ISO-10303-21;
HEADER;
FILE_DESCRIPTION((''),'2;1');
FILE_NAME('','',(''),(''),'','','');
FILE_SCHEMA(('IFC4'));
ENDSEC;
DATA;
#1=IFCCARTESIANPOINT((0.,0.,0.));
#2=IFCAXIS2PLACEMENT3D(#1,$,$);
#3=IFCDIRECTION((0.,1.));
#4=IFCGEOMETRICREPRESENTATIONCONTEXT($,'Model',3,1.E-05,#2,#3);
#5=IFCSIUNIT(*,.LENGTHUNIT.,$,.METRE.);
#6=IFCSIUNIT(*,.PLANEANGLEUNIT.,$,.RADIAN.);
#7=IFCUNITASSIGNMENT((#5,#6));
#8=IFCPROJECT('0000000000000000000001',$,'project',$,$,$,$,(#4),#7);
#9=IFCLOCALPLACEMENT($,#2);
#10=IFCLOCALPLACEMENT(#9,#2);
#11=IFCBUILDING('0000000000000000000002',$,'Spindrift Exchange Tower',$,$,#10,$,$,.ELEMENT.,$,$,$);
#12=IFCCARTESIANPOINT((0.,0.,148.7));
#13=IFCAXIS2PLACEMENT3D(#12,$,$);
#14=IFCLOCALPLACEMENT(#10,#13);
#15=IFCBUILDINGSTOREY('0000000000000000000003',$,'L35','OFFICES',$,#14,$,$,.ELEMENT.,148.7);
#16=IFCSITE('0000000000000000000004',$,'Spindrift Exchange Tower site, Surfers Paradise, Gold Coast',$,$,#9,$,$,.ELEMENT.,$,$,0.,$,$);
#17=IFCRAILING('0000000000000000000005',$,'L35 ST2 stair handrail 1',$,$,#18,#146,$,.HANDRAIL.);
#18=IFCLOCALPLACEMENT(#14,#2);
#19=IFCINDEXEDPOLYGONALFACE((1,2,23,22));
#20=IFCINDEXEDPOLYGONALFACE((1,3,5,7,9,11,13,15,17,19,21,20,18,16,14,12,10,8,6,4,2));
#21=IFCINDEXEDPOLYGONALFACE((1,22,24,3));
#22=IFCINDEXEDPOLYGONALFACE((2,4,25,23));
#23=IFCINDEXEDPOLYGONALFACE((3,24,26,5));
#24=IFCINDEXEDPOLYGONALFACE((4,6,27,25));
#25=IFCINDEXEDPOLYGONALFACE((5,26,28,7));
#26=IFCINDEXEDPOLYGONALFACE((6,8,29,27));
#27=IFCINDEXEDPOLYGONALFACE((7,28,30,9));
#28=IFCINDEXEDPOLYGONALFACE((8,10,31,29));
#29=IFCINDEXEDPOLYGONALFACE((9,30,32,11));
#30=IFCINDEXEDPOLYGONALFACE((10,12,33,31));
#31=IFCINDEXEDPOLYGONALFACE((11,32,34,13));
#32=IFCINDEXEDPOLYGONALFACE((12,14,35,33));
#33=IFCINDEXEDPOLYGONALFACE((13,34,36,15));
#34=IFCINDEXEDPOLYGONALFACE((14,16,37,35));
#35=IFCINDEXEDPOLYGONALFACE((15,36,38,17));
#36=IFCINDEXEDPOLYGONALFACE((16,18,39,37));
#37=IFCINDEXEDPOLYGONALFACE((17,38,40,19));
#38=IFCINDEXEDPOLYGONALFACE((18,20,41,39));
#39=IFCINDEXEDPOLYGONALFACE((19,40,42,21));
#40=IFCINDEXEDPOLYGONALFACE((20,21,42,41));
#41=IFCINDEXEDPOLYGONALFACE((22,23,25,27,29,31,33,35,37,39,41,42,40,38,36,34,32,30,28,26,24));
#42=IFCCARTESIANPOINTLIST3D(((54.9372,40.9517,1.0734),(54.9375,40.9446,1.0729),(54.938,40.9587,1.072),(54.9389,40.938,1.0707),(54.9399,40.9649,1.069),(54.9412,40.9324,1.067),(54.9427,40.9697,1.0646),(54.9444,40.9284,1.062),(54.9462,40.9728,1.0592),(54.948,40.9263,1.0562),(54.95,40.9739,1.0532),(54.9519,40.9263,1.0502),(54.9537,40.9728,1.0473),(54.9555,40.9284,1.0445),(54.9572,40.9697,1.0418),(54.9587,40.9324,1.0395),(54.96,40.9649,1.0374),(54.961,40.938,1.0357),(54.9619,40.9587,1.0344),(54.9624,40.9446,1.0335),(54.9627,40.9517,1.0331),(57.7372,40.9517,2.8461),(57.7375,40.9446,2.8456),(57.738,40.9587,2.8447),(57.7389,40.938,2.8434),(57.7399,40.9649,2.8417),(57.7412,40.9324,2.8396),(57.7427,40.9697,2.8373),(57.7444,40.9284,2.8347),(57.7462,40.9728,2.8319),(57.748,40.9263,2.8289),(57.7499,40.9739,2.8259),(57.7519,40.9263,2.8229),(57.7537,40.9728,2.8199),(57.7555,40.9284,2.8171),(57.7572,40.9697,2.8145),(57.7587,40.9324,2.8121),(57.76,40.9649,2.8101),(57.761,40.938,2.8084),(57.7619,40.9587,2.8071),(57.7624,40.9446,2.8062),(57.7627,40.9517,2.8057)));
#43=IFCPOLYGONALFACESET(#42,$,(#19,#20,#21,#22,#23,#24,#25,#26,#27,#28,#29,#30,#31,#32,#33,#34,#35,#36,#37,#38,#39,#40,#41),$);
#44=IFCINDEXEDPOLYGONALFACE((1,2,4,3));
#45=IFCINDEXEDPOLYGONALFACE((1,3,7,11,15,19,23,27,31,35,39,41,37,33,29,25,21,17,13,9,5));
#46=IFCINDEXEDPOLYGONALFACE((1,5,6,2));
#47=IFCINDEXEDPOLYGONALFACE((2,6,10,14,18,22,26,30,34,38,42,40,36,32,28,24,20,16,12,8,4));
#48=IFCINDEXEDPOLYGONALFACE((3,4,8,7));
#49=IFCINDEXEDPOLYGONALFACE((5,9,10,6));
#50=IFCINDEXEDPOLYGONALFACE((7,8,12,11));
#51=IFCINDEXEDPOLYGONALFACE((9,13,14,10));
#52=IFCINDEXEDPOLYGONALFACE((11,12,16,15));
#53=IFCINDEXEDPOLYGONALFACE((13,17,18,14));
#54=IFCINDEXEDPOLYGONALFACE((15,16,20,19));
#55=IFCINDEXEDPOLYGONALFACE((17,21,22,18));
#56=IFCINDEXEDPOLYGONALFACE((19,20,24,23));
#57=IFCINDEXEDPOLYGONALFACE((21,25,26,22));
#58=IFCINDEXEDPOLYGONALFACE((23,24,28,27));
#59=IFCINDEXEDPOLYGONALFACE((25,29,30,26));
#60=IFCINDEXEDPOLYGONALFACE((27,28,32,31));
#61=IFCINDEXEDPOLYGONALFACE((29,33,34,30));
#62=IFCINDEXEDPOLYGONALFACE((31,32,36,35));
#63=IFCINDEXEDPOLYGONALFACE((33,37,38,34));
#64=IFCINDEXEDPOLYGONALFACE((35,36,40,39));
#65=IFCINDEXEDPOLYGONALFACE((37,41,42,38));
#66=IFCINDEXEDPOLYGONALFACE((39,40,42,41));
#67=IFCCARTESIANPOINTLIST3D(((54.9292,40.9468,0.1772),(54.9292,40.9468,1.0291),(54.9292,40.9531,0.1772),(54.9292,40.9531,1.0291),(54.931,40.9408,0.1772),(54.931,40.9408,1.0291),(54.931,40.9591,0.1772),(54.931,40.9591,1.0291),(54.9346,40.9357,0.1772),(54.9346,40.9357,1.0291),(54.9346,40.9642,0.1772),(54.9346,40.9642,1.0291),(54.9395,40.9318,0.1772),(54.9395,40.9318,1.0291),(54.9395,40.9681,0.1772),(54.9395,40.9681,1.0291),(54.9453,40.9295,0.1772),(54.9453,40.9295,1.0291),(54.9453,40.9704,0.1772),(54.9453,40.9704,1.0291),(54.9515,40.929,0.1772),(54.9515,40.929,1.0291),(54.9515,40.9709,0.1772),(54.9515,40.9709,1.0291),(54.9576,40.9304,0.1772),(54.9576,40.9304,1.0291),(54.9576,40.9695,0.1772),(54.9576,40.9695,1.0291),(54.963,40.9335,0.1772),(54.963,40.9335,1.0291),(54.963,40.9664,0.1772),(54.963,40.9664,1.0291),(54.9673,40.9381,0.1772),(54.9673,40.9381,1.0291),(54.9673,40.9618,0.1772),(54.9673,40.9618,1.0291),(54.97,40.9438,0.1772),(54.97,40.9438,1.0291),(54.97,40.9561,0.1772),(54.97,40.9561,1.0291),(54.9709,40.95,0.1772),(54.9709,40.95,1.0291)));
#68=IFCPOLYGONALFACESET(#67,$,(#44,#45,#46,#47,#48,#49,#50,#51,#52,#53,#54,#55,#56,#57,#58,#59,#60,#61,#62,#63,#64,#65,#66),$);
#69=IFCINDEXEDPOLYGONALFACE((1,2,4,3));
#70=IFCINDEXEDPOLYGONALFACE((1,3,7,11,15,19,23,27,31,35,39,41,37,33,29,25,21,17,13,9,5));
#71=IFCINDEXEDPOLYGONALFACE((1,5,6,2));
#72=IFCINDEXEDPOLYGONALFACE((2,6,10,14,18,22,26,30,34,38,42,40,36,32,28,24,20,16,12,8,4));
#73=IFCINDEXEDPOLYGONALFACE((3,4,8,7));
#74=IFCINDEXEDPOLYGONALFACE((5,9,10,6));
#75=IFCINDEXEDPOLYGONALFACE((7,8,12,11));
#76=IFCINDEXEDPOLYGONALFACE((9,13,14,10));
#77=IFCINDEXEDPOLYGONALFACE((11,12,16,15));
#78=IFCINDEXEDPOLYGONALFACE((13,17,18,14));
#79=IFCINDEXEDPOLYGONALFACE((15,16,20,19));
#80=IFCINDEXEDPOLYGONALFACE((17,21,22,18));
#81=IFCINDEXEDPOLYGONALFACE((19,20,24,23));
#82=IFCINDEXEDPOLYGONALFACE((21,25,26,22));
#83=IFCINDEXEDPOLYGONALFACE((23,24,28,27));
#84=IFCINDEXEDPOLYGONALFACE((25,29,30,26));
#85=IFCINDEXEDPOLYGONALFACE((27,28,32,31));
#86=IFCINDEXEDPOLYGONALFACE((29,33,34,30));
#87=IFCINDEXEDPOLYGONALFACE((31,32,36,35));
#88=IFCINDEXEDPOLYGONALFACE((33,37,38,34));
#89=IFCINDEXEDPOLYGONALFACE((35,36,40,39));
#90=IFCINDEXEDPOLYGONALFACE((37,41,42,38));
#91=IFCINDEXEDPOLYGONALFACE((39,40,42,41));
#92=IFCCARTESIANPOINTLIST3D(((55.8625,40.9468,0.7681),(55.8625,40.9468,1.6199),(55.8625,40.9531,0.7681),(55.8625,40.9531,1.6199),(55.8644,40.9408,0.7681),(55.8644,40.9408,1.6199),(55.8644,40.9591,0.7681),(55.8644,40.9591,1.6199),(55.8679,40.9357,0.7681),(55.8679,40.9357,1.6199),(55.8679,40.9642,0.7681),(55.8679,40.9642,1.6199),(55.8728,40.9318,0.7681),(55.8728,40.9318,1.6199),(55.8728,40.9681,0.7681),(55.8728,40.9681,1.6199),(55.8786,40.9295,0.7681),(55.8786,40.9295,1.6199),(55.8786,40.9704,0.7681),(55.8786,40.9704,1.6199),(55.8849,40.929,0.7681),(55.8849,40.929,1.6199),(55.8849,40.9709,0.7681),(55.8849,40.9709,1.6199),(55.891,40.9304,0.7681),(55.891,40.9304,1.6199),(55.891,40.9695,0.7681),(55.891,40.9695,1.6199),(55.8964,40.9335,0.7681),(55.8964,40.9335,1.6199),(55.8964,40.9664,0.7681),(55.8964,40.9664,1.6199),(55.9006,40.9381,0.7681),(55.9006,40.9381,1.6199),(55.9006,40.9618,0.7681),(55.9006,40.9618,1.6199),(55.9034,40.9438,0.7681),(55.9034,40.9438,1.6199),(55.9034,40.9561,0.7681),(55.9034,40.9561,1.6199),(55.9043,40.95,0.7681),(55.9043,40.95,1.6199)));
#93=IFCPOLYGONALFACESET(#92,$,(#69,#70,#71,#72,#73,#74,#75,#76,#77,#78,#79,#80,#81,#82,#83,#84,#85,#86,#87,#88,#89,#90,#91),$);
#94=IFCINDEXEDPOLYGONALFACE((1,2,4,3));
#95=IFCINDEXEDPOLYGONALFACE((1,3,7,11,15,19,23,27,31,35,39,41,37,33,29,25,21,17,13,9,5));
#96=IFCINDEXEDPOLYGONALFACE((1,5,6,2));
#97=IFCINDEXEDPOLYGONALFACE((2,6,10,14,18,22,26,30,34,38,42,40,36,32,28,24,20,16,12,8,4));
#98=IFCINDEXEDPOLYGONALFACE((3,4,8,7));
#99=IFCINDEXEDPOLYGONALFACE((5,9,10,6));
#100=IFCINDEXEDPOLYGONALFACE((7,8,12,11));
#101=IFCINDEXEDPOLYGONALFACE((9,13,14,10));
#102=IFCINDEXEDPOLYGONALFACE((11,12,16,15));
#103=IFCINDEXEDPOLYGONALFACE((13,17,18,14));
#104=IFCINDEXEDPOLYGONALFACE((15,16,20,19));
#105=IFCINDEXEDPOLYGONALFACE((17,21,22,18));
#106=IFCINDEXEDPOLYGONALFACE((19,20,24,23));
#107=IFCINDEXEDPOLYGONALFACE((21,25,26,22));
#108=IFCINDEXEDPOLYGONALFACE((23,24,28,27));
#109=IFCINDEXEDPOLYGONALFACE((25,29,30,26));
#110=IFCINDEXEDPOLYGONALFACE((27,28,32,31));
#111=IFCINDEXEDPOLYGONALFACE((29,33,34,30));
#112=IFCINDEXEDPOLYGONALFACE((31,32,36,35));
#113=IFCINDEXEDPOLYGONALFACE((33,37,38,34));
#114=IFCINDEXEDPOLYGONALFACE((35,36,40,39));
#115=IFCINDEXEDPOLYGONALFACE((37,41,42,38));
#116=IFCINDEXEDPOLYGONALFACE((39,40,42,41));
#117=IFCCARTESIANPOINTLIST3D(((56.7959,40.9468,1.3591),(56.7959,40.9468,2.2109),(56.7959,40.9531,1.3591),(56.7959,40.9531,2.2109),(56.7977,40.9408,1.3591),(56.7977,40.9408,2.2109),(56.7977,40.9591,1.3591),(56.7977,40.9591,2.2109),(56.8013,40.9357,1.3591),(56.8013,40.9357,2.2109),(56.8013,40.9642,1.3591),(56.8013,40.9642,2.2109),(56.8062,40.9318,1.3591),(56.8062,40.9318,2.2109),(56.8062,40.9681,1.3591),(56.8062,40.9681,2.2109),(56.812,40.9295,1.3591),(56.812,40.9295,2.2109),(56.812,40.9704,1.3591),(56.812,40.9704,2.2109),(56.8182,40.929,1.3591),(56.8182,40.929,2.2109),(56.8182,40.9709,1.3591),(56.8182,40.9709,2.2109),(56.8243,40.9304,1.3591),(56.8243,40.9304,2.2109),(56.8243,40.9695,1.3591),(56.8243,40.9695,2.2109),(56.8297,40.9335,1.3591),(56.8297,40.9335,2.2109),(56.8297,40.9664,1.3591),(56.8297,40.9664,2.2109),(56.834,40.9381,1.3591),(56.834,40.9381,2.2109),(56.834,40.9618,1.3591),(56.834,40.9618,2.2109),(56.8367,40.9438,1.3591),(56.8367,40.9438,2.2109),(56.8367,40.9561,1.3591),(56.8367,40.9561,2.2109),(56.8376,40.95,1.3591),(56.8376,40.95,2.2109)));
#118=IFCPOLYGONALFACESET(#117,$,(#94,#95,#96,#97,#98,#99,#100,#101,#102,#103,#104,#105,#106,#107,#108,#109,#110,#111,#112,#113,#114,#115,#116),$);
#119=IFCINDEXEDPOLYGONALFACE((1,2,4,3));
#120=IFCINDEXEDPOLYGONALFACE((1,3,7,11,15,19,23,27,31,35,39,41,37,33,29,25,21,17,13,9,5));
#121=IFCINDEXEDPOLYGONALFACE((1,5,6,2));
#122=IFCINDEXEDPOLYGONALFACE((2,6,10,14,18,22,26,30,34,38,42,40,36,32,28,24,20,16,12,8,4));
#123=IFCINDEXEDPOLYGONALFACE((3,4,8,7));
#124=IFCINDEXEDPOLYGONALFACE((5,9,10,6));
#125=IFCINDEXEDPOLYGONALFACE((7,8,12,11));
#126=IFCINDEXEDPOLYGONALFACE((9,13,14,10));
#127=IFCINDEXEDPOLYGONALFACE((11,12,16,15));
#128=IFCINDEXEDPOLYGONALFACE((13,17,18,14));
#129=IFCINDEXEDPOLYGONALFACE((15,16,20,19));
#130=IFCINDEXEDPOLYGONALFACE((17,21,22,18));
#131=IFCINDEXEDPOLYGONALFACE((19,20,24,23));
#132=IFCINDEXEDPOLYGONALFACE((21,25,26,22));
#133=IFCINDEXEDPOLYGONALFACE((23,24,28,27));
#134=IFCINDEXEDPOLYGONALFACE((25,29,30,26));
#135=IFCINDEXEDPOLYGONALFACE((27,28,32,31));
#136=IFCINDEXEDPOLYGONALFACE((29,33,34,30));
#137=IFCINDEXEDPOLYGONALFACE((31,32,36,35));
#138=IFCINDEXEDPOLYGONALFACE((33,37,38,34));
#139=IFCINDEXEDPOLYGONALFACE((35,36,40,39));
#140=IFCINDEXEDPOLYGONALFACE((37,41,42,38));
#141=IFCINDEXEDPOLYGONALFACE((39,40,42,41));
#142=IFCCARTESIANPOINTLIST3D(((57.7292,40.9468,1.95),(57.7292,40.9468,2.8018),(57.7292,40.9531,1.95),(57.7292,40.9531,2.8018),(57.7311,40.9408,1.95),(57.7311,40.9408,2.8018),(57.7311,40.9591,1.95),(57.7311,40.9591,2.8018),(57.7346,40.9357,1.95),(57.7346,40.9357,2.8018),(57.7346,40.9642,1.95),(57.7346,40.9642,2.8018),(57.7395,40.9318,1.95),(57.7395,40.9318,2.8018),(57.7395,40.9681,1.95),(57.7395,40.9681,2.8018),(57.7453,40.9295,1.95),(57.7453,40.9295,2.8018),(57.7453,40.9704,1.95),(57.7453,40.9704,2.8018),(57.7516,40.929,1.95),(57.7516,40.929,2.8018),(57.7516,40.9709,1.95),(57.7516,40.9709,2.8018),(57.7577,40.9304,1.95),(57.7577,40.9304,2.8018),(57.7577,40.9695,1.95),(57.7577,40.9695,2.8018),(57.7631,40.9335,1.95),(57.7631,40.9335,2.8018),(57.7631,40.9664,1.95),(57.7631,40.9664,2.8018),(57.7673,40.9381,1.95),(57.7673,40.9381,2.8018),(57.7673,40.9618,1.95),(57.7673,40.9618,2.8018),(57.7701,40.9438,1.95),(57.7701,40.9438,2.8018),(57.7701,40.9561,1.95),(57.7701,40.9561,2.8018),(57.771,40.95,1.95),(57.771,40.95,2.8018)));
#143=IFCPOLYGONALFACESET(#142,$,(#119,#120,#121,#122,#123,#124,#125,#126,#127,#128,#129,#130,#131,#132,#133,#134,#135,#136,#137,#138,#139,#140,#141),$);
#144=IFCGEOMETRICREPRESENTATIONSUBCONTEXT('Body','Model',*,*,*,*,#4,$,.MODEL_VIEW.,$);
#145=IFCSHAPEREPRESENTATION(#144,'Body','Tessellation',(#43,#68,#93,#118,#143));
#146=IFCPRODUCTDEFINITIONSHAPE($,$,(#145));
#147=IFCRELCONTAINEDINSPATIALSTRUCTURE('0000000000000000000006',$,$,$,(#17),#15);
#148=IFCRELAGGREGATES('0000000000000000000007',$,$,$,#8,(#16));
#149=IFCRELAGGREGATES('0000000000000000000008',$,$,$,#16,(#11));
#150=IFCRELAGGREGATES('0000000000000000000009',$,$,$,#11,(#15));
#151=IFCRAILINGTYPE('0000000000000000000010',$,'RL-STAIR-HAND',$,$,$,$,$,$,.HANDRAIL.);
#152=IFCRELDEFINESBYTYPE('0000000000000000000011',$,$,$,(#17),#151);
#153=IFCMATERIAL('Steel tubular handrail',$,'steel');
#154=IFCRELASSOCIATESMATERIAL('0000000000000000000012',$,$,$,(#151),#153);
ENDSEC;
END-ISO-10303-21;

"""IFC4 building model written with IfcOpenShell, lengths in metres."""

from ifc_helpers import new_model, si_unit, direction, frame, origin, origin_2d, place, context, subcontext, project, spatial, circle, extrude, material, type_object, element, save


model = new_model("IFC4")

# Units and contexts
model_context = context("Model", 3, precision=1e-05, world=origin(), true_north=direction((0.0, 1.0)))
body_context = subcontext(model_context, "Body", "Model", "MODEL_VIEW")
ifc_project = project(units=[si_unit("LENGTHUNIT", "METRE"), si_unit("PLANEANGLEUNIT", "RADIAN")], contexts=[model_context])

# Site, building, storey
site_placement = place(None, origin())
site = spatial("IfcSite", under=ifc_project, at=site_placement, Name="Spindrift Exchange Tower site, Surfers Paradise, Gold Coast", CompositionType="ELEMENT", RefElevation=0.0)
building_placement = place(site_placement, origin())
building = spatial("IfcBuilding", under=site, at=building_placement, Name="Spindrift Exchange Tower", CompositionType="ELEMENT")
storey_placement = place(building_placement, frame((0.0, 0.0, 148.7)))
storey = spatial("IfcBuildingStorey", under=building, at=storey_placement, Name="L35", Description="OFFICES", CompositionType="ELEMENT", Elevation=148.7)

# Railing
ifc_material_1 = material(Name="Steel tubular handrail", Category="steel")
railing_type_1 = type_object("IfcRailingType", Name="RL-STAIR-HAND", PredefinedType="HANDRAIL", material=ifc_material_1)
railing_1_placement = place(storey_placement, frame((54.95, 40.95, 0.1772)))
element("IfcRailing", 1, at=railing_1_placement, inside=storey, type_object=railing_type_1, Name="L35 ST2 stair handrail 1", PredefinedType="HANDRAIL", context=body_context, shape_type="SweptSolid", body=[
    extrude(circle(Radius=0.0239, at=origin_2d()), frame((0.0, 0.0, 0.876), z_axis=(0.844909, 0.0, 0.53491), x_axis=(0.0, 1.0, 0.0)), (0.0, 0.0, 1.0), 3.314),
    extrude(circle(Radius=0.021, at=origin_2d()), origin(), (0.0, 0.0, 1.0), 0.8518),
    extrude(circle(Radius=0.021, at=origin_2d()), frame((0.9333, 0.0, 0.5908)), (0.0, 0.0, 1.0), 0.8518),
    extrude(circle(Radius=0.021, at=origin_2d()), frame((1.8667, 0.0, 1.1819)), (0.0, 0.0, 1.0), 0.8518),
    extrude(circle(Radius=0.021, at=origin_2d()), frame((2.8, 0.0, 1.7727)), (0.0, 0.0, 1.0), 0.8518),
])

save(model, "model.ifc")
